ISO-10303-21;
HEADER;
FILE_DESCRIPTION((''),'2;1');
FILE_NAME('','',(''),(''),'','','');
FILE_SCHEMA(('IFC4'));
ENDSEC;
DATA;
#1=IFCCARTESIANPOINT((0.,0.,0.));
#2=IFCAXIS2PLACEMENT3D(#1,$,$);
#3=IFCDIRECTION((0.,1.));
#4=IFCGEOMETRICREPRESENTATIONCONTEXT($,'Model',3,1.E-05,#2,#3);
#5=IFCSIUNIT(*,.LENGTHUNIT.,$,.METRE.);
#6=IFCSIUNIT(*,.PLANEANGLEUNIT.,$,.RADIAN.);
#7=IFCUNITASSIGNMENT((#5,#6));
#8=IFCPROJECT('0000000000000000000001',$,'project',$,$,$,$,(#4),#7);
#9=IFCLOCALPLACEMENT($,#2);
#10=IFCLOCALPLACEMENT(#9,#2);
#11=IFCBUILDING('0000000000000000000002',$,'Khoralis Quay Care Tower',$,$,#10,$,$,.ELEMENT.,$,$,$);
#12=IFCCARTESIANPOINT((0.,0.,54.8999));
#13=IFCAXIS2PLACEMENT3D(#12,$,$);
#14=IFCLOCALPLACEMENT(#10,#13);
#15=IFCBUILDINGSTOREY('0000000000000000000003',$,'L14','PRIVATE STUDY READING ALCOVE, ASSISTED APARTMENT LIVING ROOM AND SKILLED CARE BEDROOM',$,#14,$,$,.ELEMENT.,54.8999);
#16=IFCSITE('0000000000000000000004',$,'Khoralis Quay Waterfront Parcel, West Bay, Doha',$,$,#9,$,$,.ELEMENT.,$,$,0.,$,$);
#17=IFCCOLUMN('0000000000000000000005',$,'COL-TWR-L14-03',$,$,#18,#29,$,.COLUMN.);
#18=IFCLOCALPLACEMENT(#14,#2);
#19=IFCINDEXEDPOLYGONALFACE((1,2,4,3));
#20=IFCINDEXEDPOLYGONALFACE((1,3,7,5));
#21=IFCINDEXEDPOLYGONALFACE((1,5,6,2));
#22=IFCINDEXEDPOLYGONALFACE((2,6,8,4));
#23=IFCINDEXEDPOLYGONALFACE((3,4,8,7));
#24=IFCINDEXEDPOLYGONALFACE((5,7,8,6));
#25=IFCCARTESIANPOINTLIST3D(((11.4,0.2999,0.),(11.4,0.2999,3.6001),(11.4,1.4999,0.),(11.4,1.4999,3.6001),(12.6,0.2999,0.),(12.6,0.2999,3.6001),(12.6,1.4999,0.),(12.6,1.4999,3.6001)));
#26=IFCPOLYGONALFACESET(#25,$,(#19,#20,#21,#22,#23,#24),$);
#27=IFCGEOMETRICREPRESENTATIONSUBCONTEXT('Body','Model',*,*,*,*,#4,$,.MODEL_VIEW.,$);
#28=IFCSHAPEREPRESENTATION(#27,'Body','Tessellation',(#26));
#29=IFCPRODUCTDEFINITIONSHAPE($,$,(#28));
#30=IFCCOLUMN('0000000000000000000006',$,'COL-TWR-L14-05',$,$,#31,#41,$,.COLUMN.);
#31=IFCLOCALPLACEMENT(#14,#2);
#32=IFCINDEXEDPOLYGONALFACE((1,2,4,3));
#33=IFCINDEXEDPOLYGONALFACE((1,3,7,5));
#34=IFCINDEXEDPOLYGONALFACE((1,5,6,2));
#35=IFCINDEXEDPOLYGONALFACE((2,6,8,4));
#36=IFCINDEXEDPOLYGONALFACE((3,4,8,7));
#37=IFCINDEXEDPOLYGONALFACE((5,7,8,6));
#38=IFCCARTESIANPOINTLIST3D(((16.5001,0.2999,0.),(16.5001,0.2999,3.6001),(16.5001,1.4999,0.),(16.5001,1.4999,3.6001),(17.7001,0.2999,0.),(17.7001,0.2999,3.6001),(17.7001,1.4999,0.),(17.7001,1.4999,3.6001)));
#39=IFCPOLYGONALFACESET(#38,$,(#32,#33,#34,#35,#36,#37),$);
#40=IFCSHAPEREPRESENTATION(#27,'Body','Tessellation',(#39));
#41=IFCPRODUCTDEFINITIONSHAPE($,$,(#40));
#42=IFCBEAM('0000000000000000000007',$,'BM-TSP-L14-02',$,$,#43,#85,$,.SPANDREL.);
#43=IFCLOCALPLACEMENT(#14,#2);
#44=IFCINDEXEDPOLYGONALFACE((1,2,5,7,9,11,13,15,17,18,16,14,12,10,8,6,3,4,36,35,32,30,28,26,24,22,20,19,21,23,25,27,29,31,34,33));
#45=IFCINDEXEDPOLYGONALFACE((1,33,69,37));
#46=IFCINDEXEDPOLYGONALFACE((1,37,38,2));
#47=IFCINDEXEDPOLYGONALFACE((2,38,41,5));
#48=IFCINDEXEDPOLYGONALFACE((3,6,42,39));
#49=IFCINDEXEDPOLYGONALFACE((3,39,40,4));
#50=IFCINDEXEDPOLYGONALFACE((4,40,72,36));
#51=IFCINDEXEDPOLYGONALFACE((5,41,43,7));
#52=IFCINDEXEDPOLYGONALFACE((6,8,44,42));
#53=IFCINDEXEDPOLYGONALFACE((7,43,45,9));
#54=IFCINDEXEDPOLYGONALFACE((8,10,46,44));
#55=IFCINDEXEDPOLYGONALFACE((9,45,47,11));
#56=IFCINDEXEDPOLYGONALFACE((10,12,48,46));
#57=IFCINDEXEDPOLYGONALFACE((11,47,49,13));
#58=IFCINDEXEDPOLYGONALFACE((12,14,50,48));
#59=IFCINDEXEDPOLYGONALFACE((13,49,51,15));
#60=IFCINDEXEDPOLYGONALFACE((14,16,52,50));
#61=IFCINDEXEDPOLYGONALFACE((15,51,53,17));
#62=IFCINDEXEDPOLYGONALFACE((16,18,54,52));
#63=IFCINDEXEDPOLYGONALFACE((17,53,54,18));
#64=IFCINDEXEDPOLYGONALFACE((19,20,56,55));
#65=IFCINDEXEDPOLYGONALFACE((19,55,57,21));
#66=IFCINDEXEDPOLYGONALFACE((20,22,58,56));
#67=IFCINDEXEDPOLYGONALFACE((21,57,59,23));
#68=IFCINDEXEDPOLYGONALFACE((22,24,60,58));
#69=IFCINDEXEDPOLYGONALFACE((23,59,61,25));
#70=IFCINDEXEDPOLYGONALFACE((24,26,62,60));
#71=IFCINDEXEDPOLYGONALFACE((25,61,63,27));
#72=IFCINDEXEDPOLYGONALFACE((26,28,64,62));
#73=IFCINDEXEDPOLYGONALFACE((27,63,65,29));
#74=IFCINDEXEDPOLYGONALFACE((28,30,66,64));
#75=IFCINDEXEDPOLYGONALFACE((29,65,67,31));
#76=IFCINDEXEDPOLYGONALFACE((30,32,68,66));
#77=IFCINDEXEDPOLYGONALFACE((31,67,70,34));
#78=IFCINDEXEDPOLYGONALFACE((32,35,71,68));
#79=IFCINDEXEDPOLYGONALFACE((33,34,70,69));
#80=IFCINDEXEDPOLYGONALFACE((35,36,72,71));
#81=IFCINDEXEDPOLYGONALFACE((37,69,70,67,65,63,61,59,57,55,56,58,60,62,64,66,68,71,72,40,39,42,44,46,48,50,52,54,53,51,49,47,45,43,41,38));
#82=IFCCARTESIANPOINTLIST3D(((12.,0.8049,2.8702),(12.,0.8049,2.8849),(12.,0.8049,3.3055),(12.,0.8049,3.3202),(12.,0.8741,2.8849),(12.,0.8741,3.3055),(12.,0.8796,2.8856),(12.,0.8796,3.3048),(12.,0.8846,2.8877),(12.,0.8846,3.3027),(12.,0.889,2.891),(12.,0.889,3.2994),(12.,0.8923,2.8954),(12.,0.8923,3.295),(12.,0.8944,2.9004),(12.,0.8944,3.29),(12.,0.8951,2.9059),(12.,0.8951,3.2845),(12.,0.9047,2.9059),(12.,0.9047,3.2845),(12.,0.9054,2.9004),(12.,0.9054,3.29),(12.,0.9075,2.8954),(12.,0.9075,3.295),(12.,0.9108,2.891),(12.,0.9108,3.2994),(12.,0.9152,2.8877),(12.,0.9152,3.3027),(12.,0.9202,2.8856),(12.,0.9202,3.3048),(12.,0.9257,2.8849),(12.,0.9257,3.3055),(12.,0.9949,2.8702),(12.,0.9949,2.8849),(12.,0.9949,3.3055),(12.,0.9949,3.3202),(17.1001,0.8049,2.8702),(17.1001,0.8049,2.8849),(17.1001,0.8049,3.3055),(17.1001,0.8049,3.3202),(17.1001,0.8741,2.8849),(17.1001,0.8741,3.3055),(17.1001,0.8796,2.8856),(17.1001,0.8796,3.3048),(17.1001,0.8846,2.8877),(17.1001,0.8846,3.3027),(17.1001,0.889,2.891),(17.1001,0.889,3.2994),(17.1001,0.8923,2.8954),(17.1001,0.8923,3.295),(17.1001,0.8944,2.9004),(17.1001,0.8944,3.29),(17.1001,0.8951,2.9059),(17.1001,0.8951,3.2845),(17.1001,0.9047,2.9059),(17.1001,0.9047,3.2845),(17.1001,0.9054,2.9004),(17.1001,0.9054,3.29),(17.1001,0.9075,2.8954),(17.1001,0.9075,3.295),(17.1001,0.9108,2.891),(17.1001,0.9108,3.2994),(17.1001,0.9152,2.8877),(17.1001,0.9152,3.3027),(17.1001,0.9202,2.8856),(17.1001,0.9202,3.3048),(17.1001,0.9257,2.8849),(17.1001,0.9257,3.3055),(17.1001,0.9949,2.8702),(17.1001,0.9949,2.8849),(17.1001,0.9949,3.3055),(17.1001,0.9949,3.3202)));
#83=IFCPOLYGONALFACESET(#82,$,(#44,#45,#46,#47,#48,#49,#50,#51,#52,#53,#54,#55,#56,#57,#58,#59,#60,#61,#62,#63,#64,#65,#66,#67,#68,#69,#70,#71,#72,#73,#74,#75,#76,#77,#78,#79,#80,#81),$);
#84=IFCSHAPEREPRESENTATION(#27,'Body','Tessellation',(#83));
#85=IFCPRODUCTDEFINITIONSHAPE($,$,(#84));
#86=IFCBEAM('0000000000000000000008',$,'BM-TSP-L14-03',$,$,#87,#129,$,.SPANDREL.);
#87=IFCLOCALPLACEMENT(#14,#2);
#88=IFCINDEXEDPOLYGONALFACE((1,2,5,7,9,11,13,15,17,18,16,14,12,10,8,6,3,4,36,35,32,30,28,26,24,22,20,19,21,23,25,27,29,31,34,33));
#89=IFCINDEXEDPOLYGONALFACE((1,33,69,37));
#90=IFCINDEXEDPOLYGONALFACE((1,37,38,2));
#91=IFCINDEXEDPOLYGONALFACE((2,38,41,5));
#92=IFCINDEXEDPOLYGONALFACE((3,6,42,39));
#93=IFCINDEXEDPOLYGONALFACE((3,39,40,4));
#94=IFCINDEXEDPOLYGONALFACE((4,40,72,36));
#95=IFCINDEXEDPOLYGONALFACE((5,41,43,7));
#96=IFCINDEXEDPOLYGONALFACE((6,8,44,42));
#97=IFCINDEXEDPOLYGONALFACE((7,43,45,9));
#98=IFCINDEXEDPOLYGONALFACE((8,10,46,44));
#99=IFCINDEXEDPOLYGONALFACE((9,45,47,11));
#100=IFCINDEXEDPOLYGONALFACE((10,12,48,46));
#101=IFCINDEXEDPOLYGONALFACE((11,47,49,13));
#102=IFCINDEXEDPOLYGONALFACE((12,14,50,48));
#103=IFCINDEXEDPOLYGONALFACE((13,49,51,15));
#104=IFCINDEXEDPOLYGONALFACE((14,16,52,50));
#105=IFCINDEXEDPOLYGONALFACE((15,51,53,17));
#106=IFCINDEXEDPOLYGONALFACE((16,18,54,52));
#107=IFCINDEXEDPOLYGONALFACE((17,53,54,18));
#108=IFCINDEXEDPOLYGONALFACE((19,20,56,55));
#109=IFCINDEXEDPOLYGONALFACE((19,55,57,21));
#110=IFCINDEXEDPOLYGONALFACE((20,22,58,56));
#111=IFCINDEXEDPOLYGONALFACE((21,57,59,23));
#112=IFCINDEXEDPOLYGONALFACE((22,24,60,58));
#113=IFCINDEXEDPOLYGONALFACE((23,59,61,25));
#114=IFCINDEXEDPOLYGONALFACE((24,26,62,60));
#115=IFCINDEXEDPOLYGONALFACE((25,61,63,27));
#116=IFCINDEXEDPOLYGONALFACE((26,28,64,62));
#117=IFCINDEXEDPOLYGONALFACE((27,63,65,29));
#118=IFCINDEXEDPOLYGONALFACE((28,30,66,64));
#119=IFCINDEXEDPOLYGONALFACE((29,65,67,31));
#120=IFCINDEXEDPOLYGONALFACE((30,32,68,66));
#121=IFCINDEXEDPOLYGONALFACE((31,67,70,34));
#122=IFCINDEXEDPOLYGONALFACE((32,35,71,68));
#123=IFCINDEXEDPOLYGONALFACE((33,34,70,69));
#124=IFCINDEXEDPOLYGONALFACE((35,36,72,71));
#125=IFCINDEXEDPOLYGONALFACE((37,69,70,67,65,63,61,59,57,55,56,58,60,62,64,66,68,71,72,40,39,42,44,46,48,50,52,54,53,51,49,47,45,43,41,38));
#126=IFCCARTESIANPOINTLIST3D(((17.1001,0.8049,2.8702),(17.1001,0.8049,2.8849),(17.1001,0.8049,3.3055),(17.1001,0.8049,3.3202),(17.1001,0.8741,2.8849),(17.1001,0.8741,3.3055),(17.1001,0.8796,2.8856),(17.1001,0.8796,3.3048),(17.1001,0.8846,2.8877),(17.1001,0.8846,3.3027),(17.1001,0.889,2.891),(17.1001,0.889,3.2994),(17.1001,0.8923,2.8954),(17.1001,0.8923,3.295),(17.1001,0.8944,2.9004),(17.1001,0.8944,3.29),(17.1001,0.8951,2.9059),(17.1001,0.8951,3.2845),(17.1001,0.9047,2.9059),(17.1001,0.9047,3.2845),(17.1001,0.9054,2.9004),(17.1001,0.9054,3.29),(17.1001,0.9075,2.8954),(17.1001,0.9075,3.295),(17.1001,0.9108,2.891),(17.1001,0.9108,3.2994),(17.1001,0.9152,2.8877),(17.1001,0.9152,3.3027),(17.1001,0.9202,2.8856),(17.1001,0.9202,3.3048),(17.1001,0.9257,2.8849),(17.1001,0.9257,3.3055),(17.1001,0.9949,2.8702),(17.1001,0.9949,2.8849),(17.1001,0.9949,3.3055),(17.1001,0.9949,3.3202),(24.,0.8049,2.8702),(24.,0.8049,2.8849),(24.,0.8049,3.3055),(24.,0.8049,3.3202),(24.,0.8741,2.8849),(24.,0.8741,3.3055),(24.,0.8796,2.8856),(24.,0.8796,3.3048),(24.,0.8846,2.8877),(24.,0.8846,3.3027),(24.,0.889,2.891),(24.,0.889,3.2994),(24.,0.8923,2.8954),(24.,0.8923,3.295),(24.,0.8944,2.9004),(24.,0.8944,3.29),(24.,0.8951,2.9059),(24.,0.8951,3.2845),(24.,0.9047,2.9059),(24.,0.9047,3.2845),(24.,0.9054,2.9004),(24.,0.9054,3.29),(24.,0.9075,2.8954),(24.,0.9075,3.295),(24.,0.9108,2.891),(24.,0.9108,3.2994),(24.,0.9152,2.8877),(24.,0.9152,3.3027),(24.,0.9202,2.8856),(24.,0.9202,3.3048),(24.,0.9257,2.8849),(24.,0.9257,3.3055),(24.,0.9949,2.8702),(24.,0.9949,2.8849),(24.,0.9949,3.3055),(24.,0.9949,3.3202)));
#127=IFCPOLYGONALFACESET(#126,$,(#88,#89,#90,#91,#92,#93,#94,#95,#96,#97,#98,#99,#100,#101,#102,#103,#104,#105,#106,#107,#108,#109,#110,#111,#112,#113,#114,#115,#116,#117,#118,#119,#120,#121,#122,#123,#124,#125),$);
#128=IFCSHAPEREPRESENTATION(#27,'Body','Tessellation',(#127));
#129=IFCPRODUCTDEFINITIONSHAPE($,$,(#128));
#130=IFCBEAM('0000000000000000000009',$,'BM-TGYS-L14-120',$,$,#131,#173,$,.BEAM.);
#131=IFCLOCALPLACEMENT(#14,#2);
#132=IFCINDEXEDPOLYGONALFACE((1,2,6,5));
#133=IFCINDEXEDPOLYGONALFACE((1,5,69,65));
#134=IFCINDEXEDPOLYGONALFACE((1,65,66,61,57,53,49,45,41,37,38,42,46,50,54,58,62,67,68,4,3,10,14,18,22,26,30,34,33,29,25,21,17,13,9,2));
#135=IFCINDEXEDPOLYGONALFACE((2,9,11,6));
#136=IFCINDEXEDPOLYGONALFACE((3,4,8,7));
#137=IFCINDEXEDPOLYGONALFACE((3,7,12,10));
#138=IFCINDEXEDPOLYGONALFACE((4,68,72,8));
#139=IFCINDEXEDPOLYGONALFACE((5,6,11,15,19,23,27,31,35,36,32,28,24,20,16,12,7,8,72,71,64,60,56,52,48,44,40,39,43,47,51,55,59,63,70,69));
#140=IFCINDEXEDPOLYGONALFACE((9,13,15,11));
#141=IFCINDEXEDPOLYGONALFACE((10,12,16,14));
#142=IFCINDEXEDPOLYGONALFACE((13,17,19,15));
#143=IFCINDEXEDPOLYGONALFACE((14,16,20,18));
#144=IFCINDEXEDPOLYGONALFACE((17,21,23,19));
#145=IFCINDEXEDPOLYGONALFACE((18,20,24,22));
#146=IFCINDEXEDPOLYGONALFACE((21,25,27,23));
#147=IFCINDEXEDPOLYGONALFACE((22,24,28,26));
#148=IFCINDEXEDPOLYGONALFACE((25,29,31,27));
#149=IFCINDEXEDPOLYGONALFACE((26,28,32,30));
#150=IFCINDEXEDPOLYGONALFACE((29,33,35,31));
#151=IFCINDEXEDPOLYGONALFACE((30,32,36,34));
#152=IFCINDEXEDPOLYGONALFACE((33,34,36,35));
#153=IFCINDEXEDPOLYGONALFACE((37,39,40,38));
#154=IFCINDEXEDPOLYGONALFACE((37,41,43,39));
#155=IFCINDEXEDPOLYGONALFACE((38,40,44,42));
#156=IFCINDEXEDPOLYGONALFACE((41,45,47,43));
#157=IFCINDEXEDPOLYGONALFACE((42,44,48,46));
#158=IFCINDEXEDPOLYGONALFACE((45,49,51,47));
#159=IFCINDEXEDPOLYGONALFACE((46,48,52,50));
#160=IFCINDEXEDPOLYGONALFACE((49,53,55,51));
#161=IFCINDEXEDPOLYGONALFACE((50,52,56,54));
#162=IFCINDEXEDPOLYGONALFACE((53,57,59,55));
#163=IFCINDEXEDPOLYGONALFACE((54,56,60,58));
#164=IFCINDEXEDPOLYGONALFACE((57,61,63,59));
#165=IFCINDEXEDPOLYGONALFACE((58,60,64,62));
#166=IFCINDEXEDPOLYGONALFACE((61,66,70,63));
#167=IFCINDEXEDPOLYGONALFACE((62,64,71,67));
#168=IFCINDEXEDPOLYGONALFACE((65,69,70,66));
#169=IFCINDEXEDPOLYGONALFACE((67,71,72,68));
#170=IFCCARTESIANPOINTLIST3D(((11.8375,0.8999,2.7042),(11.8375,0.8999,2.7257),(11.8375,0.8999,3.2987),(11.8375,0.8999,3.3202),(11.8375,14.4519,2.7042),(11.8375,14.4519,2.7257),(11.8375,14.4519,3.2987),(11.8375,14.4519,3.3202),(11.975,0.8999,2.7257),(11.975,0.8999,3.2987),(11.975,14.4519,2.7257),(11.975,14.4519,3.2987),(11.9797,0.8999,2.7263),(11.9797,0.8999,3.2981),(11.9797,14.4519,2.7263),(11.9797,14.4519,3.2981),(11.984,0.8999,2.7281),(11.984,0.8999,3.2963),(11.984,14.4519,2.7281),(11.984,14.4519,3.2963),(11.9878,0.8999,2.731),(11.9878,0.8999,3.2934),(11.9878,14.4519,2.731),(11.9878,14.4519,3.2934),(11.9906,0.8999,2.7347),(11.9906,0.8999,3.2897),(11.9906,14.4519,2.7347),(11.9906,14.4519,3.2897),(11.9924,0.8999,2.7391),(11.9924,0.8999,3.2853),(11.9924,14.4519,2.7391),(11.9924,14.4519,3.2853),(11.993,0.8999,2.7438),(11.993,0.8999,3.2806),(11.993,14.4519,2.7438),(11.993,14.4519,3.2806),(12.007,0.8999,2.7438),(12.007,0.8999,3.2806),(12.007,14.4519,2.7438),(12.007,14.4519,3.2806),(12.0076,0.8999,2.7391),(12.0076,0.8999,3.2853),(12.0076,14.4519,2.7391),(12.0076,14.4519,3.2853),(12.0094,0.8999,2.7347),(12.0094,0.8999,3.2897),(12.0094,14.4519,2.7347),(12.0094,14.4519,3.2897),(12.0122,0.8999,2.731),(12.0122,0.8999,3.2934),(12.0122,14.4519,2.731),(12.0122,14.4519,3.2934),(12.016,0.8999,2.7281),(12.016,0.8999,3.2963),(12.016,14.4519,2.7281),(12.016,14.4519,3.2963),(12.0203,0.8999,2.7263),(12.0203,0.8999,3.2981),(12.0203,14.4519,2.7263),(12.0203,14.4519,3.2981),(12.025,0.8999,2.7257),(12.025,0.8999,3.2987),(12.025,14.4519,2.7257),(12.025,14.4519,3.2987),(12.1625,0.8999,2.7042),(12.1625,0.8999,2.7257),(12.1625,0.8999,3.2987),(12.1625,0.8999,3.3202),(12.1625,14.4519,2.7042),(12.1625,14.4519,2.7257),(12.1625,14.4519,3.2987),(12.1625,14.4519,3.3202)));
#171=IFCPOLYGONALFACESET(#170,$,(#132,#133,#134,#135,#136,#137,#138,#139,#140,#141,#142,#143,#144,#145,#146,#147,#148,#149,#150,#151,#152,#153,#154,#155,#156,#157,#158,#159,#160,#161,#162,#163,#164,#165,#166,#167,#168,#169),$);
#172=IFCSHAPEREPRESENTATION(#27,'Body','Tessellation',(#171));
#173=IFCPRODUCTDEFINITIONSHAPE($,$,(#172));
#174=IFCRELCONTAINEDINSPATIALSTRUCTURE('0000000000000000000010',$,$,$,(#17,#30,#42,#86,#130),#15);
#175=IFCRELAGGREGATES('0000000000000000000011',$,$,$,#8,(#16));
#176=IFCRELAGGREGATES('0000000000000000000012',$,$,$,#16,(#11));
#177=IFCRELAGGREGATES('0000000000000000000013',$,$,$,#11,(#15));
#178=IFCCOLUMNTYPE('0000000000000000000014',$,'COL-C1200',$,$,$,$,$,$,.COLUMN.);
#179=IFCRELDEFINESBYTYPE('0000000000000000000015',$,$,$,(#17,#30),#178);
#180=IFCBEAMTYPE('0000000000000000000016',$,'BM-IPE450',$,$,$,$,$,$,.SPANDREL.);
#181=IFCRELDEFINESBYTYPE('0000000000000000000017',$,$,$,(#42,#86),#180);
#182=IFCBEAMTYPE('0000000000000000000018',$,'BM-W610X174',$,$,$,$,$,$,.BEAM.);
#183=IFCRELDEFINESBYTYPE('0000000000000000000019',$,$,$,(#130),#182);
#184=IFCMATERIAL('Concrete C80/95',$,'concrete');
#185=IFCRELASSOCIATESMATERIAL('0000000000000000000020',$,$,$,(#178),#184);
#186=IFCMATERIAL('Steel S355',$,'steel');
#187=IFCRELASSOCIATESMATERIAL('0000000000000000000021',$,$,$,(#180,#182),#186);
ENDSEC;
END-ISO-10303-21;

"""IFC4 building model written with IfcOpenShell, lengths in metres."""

from ifc_helpers import new_model, si_unit, direction, frame, origin, origin_2d, place, context, subcontext, project, spatial, rectangle, i_section, extrude, source, transform, mapped, material, material_profile, profile_set, type_object, element, save


model = new_model("IFC4")

# Units and contexts
model_context = context("Model", 3, precision=1e-05, world=origin(), true_north=direction((0.0, 1.0)))
body_context = subcontext(model_context, "Body", "Model", "MODEL_VIEW")
ifc_project = project(units=[si_unit("LENGTHUNIT", "METRE"), si_unit("PLANEANGLEUNIT", "RADIAN")], contexts=[model_context])

# Site, building, storey
site_placement = place(None, origin())
site = spatial("IfcSite", under=ifc_project, at=site_placement, Name="Khoralis Quay Waterfront Parcel, West Bay, Doha", CompositionType="ELEMENT", RefElevation=0.0)
building_placement = place(site_placement, origin())
building = spatial("IfcBuilding", under=site, at=building_placement, Name="Khoralis Quay Care Tower", CompositionType="ELEMENT")
storey_placement = place(building_placement, frame((0.0, 0.0, 54.8999)))
storey = spatial("IfcBuildingStorey", under=building, at=storey_placement, Name="L14", Description="PRIVATE STUDY READING ALCOVE, ASSISTED APARTMENT LIVING ROOM AND SKILLED CARE BEDROOM", CompositionType="ELEMENT", Elevation=54.8999)

# Columns
ifc_material_1 = material(Name="Concrete C80/95", Category="concrete")
ifc_material_profile_1 = material_profile(ifc_material_1, rectangle(XDim=1.2, YDim=1.2, at=origin_2d()), Name="Concrete C80/95")
ifc_profile_set_1 = profile_set([ifc_material_profile_1], Name="Concrete C80/95")
column_type = type_object("IfcColumnType", Name="COL-C1200", PredefinedType="COLUMN", material=ifc_profile_set_1)
shared_shape_1 = source(origin(), body_context, "Body", "SweptSolid", [
    extrude(rectangle(XDim=1.2, YDim=1.2, at=origin_2d()), origin(), (0.0, 0.0, 1.0), 3.6001),
])
for number, where, z_axis, x_axis, name in (
    (1, (12.0, 0.8999, 0.0), (0.0, 0.0, 1.0), (1.0, 0.0, 0.0), "COL-TWR-L14-03"),
    (2, (17.1001, 0.8999, 0.0), (0.0, 0.0, 1.0), (1.0, 0.0, 0.0), "COL-TWR-L14-05"),
):
    element("IfcColumn", number, at=place(storey_placement, frame(where, z_axis=z_axis, x_axis=x_axis)), inside=storey, type_object=column_type, Name=name, PredefinedType="COLUMN", context=body_context, shape_type="MappedRepresentation", body=[
        mapped(shared_shape_1, transform((0.0, 0.0, 0.0), scale=1.0)),
    ])

# Beams
ifc_material_2 = material(Name="Steel S355", Category="steel")
ifc_material_profile_2 = material_profile(ifc_material_2, i_section(OverallWidth=0.1899, OverallDepth=0.45, WebThickness=0.0095, FlangeThickness=0.0146, FilletRadius=0.021, at=origin_2d()), Name="Steel S355")
ifc_profile_set_2 = profile_set([ifc_material_profile_2], Name="Steel S355")
beam_type_1 = type_object("IfcBeamType", Name="BM-IPE450", PredefinedType="SPANDREL", material=ifc_profile_set_2)
shared_shape_2 = source(origin(), body_context, "Body", "SweptSolid", [
    extrude(i_section(OverallWidth=0.1899, OverallDepth=0.45, WebThickness=0.0095, FlangeThickness=0.0146, FilletRadius=0.021, at=origin_2d()), origin(), (0.0, 0.0, 1.0), 5.1001),
])
beam_1_placement = place(storey_placement, frame((12.0, 0.8999, 3.0952), z_axis=(1.0, 0.0, 0.0), x_axis=(0.0, 1.0, 0.0)))
element("IfcBeam", 3, at=beam_1_placement, inside=storey, type_object=beam_type_1, Name="BM-TSP-L14-02", PredefinedType="SPANDREL", context=body_context, shape_type="MappedRepresentation", body=[
    mapped(shared_shape_2, transform((0.0, 0.0, 0.0), scale=1.0)),
])
shared_shape_3 = source(origin(), body_context, "Body", "SweptSolid", [
    extrude(i_section(OverallWidth=0.1899, OverallDepth=0.45, WebThickness=0.0095, FlangeThickness=0.0146, FilletRadius=0.021, at=origin_2d()), origin(), (0.0, 0.0, 1.0), 6.8999),
])
beam_2_placement = place(storey_placement, frame((17.1001, 0.8999, 3.0952), z_axis=(1.0, 0.0, 0.0), x_axis=(0.0, 1.0, 0.0)))
element("IfcBeam", 4, at=beam_2_placement, inside=storey, type_object=beam_type_1, Name="BM-TSP-L14-03", PredefinedType="SPANDREL", context=body_context, shape_type="MappedRepresentation", body=[
    mapped(shared_shape_3, transform((0.0, 0.0, 0.0), scale=1.0)),
])
ifc_material_profile_3 = material_profile(ifc_material_2, i_section(OverallWidth=0.325, OverallDepth=0.616, WebThickness=0.0139, FlangeThickness=0.0215, FilletRadius=0.0181, at=origin_2d()), Name="Steel S355")
ifc_profile_set_3 = profile_set([ifc_material_profile_3], Name="Steel S355")
beam_type_2 = type_object("IfcBeamType", Name="BM-W610X174", PredefinedType="BEAM", material=ifc_profile_set_3)
shared_shape_4 = source(origin(), body_context, "Body", "SweptSolid", [
    extrude(i_section(OverallWidth=0.325, OverallDepth=0.616, WebThickness=0.0139, FlangeThickness=0.0215, FilletRadius=0.0181, at=origin_2d()), origin(), (0.0, 0.0, 1.0), 13.552),
])
beam_3_placement = place(storey_placement, frame((12.0, 0.8999, 3.0122), z_axis=(0.0, 1.0, 0.0), x_axis=(-1.0, 0.0, 0.0)))
element("IfcBeam", 5, at=beam_3_placement, inside=storey, type_object=beam_type_2, Name="BM-TGYS-L14-120", PredefinedType="BEAM", context=body_context, shape_type="MappedRepresentation", body=[
    mapped(shared_shape_4, transform((0.0, 0.0, 0.0), scale=1.0)),
])

save(model, "model.ifc")
